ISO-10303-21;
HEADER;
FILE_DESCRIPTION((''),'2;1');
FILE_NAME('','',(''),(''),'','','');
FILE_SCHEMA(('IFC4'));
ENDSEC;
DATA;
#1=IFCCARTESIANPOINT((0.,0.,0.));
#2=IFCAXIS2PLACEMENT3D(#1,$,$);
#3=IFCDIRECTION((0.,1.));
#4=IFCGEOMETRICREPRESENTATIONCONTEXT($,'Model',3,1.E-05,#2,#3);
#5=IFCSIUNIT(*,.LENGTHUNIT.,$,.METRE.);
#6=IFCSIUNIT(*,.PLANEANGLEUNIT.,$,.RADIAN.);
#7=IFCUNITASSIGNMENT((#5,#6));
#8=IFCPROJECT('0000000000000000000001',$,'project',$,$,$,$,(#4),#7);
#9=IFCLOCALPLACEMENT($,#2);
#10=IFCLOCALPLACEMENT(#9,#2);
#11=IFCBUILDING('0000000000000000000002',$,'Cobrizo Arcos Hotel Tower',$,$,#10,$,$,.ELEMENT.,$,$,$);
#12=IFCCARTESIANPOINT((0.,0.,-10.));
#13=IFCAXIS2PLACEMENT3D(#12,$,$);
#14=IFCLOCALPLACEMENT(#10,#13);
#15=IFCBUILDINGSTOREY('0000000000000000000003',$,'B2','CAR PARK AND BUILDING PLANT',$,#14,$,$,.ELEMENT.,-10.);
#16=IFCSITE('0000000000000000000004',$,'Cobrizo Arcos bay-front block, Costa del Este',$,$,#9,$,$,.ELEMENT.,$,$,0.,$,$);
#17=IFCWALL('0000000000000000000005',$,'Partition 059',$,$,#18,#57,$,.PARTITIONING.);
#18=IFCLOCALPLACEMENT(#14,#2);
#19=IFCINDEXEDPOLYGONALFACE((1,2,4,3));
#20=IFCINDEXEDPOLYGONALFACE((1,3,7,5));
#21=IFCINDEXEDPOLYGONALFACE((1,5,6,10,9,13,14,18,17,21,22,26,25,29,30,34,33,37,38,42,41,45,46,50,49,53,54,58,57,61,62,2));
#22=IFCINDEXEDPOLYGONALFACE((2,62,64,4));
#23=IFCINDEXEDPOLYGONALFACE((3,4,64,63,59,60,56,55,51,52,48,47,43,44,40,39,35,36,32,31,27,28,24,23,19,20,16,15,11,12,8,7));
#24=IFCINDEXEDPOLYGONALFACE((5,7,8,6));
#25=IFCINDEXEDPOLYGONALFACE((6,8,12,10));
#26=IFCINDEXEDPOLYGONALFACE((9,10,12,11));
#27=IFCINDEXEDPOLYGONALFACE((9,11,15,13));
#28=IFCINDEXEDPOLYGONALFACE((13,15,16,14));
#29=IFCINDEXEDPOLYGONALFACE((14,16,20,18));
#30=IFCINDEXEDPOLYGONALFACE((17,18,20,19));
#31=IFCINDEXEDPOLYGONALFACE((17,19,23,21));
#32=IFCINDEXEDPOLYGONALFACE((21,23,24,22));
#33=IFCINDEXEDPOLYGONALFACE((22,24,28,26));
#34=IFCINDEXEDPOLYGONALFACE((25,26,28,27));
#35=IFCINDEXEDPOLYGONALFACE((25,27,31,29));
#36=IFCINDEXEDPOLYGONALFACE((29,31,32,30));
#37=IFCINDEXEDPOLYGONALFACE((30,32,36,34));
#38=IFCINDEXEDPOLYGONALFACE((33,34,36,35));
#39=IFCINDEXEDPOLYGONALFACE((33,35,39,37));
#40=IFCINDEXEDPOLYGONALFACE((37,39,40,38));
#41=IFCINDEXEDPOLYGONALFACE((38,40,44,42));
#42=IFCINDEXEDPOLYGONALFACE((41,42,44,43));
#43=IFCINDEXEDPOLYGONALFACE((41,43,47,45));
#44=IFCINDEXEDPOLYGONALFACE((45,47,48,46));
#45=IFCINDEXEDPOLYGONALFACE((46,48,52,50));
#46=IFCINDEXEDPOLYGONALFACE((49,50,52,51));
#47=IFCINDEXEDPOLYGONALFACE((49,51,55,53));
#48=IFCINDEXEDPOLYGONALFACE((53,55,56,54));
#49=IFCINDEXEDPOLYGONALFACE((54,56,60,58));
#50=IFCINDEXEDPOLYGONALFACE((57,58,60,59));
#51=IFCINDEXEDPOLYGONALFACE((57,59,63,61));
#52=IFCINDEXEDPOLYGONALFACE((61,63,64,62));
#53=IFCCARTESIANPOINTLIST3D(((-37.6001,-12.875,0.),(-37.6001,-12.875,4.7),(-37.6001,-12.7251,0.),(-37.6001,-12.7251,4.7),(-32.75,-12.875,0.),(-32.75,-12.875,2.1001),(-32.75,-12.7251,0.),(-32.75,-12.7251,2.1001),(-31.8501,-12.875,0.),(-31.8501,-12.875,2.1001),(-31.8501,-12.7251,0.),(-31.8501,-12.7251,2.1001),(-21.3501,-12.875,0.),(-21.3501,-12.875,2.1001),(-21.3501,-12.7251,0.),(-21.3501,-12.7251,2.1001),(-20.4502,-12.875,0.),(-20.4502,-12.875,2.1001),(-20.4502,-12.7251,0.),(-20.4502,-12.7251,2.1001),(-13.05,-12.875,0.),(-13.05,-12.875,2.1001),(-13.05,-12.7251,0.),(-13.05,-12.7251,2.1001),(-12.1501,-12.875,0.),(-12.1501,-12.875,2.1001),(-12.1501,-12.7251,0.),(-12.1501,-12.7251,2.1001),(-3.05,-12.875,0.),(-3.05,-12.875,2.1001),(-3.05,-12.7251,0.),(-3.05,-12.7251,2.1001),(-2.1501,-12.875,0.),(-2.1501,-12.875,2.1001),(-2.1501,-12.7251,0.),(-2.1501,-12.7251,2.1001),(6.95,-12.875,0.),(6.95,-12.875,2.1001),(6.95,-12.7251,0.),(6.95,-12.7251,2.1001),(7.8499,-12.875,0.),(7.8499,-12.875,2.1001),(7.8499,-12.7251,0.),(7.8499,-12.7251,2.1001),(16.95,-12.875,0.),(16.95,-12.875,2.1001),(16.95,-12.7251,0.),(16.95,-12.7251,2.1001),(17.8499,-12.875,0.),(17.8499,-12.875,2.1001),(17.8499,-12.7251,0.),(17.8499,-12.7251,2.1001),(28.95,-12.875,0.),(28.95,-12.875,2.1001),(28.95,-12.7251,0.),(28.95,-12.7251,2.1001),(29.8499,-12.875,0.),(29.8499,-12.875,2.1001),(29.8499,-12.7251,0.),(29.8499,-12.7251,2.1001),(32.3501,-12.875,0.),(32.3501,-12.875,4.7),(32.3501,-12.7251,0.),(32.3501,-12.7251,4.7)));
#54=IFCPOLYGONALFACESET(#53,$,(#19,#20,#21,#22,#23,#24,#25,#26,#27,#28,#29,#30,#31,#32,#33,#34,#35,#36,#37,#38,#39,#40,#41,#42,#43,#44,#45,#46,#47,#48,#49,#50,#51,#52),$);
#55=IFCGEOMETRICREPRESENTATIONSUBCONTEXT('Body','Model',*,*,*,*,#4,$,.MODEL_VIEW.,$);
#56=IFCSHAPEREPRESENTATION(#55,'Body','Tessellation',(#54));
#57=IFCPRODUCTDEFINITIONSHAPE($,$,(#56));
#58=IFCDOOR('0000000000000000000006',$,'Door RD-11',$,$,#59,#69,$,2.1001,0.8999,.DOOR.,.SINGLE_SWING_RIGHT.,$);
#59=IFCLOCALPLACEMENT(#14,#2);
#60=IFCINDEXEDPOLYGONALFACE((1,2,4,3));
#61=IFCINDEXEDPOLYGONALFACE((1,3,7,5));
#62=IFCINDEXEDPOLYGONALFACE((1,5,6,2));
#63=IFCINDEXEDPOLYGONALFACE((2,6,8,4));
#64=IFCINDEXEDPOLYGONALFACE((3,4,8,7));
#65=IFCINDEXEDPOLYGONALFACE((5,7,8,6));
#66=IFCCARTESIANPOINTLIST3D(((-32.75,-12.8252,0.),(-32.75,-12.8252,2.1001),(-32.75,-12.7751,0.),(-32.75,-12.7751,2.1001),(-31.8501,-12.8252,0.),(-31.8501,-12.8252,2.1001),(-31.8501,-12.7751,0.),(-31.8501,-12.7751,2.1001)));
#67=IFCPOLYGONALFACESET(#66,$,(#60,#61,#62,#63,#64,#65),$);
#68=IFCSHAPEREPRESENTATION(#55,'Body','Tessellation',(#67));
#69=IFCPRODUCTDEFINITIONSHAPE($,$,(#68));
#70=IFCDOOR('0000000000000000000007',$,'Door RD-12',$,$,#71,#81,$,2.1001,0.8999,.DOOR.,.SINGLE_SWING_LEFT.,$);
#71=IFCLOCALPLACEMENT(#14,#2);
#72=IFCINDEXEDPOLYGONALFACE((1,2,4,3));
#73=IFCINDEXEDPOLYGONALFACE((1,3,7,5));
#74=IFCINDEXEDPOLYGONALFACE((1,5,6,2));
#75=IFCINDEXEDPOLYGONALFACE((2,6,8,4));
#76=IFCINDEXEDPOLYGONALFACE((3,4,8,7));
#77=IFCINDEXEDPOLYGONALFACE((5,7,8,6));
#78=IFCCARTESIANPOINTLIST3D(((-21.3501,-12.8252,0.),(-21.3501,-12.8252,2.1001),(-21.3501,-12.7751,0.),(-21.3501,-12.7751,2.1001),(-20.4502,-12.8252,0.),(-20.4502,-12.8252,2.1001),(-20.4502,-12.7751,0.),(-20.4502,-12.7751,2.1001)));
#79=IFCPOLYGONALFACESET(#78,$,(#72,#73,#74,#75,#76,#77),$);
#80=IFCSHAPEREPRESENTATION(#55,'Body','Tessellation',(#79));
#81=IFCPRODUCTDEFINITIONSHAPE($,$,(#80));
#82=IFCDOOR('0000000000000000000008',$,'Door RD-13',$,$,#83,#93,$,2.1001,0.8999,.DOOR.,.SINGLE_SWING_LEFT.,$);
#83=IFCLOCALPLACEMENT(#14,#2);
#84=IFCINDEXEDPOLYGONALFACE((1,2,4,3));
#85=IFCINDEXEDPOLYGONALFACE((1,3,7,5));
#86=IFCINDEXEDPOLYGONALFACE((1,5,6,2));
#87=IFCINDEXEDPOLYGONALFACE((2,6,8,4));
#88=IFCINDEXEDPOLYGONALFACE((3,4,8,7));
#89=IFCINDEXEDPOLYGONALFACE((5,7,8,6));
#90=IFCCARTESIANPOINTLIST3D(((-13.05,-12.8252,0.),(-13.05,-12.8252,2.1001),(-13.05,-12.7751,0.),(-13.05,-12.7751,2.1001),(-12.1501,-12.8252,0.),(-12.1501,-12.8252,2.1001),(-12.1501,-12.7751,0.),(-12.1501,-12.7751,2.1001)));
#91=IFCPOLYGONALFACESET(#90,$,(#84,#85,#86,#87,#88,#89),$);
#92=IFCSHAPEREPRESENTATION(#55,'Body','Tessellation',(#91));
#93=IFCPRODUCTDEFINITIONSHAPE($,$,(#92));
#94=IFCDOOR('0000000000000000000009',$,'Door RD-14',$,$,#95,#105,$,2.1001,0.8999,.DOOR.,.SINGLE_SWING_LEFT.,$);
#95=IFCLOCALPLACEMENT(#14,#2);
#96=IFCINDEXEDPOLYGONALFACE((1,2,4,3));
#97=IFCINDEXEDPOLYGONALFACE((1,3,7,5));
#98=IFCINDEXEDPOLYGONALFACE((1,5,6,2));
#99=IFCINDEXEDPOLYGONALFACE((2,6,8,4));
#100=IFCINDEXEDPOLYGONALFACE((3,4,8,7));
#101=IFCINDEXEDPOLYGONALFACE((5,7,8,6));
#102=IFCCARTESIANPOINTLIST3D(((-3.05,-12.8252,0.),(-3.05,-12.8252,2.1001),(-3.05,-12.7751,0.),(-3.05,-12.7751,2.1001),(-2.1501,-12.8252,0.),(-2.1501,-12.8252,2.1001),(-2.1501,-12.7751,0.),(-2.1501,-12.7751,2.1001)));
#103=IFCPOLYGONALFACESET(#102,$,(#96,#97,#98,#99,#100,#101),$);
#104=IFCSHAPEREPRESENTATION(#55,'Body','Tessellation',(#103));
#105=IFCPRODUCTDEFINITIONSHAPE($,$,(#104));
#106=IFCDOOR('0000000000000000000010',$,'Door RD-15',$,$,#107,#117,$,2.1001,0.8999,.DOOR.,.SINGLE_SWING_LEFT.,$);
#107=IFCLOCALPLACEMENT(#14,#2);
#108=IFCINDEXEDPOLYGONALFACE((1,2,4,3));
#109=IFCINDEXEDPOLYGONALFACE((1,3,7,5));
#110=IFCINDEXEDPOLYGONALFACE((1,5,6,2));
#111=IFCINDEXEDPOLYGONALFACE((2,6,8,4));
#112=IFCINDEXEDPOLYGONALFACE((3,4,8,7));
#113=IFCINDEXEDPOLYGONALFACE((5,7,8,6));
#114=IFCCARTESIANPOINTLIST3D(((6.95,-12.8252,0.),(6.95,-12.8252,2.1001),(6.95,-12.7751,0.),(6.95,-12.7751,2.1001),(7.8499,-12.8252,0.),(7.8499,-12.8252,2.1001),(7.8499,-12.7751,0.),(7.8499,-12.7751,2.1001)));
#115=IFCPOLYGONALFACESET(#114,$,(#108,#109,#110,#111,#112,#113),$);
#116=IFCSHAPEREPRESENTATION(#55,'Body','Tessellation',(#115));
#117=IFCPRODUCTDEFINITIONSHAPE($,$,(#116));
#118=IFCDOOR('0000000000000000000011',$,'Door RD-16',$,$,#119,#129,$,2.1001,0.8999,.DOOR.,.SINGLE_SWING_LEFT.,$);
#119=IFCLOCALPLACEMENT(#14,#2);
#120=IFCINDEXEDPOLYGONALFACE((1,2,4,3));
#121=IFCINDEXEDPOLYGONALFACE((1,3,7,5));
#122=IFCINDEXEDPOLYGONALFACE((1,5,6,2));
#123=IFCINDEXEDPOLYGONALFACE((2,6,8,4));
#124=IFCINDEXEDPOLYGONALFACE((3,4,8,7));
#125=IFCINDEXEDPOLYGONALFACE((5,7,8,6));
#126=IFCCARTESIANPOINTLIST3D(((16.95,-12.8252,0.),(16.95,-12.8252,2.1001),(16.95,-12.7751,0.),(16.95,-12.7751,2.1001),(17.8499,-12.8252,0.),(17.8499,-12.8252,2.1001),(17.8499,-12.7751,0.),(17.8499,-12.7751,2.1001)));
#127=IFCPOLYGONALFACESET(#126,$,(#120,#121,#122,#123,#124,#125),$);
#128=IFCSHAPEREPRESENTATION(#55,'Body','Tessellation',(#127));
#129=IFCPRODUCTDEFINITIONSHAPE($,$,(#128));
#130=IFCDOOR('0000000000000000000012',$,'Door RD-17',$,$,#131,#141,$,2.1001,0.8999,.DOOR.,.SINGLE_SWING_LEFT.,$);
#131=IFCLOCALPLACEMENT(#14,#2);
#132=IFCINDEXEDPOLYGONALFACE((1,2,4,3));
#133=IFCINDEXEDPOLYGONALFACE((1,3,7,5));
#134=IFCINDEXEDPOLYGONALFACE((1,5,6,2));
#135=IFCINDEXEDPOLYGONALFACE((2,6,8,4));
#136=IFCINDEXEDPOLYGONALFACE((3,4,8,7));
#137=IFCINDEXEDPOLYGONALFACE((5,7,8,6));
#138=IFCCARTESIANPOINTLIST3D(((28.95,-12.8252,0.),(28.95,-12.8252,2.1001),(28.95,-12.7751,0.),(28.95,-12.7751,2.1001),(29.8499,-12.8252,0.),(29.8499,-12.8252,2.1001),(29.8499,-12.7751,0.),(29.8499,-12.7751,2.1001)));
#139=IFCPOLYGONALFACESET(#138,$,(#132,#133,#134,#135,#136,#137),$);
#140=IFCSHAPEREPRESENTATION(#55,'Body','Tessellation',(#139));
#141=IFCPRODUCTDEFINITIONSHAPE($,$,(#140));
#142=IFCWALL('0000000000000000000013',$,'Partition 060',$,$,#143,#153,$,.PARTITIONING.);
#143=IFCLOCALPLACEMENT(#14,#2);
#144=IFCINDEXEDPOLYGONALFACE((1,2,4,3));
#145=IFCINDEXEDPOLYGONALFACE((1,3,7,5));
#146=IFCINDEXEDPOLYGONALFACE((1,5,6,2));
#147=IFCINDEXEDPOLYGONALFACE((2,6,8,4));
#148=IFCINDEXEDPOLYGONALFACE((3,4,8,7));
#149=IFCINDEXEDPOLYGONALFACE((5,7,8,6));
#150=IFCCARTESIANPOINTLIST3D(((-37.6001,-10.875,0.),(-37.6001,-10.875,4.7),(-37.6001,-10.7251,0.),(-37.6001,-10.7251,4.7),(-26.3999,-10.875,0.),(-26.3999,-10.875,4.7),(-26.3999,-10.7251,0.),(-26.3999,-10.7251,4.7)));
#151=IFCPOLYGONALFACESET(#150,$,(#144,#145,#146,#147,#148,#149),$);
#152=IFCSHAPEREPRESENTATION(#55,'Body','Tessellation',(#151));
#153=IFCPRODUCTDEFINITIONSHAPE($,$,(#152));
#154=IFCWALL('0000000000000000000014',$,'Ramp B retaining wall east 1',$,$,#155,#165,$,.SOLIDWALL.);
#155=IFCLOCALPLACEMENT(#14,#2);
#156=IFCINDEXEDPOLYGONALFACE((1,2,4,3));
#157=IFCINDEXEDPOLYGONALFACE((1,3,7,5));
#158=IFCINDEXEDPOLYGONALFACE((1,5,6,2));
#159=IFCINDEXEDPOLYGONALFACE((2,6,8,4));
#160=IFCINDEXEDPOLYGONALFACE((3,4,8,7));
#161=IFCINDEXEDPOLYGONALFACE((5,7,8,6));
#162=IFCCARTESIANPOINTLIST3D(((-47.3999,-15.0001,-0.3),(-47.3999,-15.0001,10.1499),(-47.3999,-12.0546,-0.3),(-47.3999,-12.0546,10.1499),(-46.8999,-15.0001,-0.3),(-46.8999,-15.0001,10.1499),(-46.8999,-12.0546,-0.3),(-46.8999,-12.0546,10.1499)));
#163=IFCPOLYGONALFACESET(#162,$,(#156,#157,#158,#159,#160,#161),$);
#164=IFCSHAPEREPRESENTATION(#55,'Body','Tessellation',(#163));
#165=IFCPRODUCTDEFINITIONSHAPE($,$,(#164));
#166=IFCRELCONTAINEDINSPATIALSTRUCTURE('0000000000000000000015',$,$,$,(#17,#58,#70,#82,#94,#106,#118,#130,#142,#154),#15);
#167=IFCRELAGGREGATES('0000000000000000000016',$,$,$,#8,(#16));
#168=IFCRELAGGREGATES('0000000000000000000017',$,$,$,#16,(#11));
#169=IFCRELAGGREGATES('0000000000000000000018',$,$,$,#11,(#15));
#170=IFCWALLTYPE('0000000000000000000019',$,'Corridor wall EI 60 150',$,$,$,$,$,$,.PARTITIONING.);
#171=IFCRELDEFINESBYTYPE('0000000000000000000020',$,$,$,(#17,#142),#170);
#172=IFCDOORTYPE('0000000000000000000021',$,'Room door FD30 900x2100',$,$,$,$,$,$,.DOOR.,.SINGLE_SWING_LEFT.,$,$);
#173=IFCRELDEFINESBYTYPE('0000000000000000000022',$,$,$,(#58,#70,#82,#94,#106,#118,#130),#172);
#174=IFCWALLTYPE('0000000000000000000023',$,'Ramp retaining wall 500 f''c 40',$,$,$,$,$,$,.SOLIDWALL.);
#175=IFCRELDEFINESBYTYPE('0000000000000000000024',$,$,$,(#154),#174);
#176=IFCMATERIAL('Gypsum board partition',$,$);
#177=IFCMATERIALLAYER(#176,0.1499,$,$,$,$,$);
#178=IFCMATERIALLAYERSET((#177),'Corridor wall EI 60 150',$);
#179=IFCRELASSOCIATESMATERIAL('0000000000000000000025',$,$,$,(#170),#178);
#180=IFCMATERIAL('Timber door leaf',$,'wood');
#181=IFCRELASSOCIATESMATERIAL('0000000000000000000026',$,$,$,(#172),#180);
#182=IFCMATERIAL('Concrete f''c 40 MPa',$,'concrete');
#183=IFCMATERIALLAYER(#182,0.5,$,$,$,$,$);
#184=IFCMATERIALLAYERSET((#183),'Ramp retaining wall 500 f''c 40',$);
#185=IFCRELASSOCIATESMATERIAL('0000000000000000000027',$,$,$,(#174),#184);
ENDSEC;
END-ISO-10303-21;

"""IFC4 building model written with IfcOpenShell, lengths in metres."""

from ifc_helpers import new_model, si_unit, direction, frame, frame_2d, origin, place, context, subcontext, project, spatial, rectangle, extrude, material, layer, layer_set, type_object, element, fill, save


model = new_model("IFC4")

# Units and contexts
model_context = context("Model", 3, precision=1e-05, world=origin(), true_north=direction((0.0, 1.0)))
body_context = subcontext(model_context, "Body", "Model", "MODEL_VIEW")
ifc_project = project(units=[si_unit("LENGTHUNIT", "METRE"), si_unit("PLANEANGLEUNIT", "RADIAN")], contexts=[model_context])

# Site, building, storey
site_placement = place(None, origin())
site = spatial("IfcSite", under=ifc_project, at=site_placement, Name="Cobrizo Arcos bay-front block, Costa del Este", CompositionType="ELEMENT", RefElevation=0.0)
building_placement = place(site_placement, origin())
building = spatial("IfcBuilding", under=site, at=building_placement, Name="Cobrizo Arcos Hotel Tower", CompositionType="ELEMENT")
storey_placement = place(building_placement, frame((0.0, 0.0, -10.0)))
storey = spatial("IfcBuildingStorey", under=building, at=storey_placement, Name="B2", Description="CAR PARK AND BUILDING PLANT", CompositionType="ELEMENT", Elevation=-10.0)

# Shared definitions
ifc_material_1 = material(Name="Concrete f'c 40 MPa", Category="concrete")

# Wall, openings, doors
ifc_material_2 = material(Name="Gypsum board partition")
ifc_layer_1 = layer(ifc_material_2, 0.1499)
ifc_layer_set_1 = layer_set([ifc_layer_1], Name="Corridor wall EI 60 150")
wall_type_1 = type_object("IfcWallType", Name="Corridor wall EI 60 150", PredefinedType="PARTITIONING", material=ifc_layer_set_1)
wall_1_placement = place(storey_placement, frame((-37.6001, -12.8, 0.0), z_axis=(0.0, 0.0, 1.0), x_axis=(1.0, 0.0, 0.0)))
wall_1 = element("IfcWall", 1, at=wall_1_placement, inside=storey, type_object=wall_type_1, Name="Partition 059", PredefinedType="PARTITIONING", context=body_context, shape_type="SweptSolid", body=[
    extrude(rectangle(XDim=69.9502, YDim=0.1499, at=frame_2d((34.9751, 0.0))), origin(), (0.0, 0.0, 1.0), 4.7),
])
opening_1_placement = place(wall_1_placement, frame((4.8501, 0.0, 0.0)))
opening_1 = element("IfcOpeningElement", 2, at=opening_1_placement, cuts=wall_1, PredefinedType="OPENING", context=body_context, shape_type="SweptSolid", body=[
    extrude(rectangle(XDim=0.8999, YDim=2.1001, at=frame_2d((0.45, 1.05))), frame((0.0, 0.0869, 0.0), z_axis=(0.0, -1.0, 0.0), x_axis=(1.0, 0.0, 0.0)), (0.0, 0.0, 1.0), 0.1738),
])
opening_2_placement = place(wall_1_placement, frame((16.25, 0.0, 0.0)))
opening_2 = element("IfcOpeningElement", 3, at=opening_2_placement, cuts=wall_1, PredefinedType="OPENING", context=body_context, shape_type="SweptSolid", body=[
    extrude(rectangle(XDim=0.8999, YDim=2.1001, at=frame_2d((0.45, 1.05))), frame((0.0, 0.0869, 0.0), z_axis=(0.0, -1.0, 0.0), x_axis=(1.0, 0.0, 0.0)), (0.0, 0.0, 1.0), 0.1738),
])
opening_3_placement = place(wall_1_placement, frame((24.55, 0.0, 0.0)))
opening_3 = element("IfcOpeningElement", 4, at=opening_3_placement, cuts=wall_1, PredefinedType="OPENING", context=body_context, shape_type="SweptSolid", body=[
    extrude(rectangle(XDim=0.8999, YDim=2.1001, at=frame_2d((0.45, 1.05))), frame((0.0, 0.0869, 0.0), z_axis=(0.0, -1.0, 0.0), x_axis=(1.0, 0.0, 0.0)), (0.0, 0.0, 1.0), 0.1738),
])
opening_4_placement = place(wall_1_placement, frame((34.55, 0.0, 0.0)))
opening_4 = element("IfcOpeningElement", 5, at=opening_4_placement, cuts=wall_1, PredefinedType="OPENING", context=body_context, shape_type="SweptSolid", body=[
    extrude(rectangle(XDim=0.8999, YDim=2.1001, at=frame_2d((0.45, 1.05))), frame((0.0, 0.0869, 0.0), z_axis=(0.0, -1.0, 0.0), x_axis=(1.0, 0.0, 0.0)), (0.0, 0.0, 1.0), 0.1738),
])
opening_5_placement = place(wall_1_placement, frame((44.55, 0.0, 0.0)))
opening_5 = element("IfcOpeningElement", 6, at=opening_5_placement, cuts=wall_1, PredefinedType="OPENING", context=body_context, shape_type="SweptSolid", body=[
    extrude(rectangle(XDim=0.8999, YDim=2.1001, at=frame_2d((0.45, 1.05))), frame((0.0, 0.0869, 0.0), z_axis=(0.0, -1.0, 0.0), x_axis=(1.0, 0.0, 0.0)), (0.0, 0.0, 1.0), 0.1738),
])
opening_6_placement = place(wall_1_placement, frame((54.55, 0.0, 0.0)))
opening_6 = element("IfcOpeningElement", 7, at=opening_6_placement, cuts=wall_1, PredefinedType="OPENING", context=body_context, shape_type="SweptSolid", body=[
    extrude(rectangle(XDim=0.8999, YDim=2.1001, at=frame_2d((0.45, 1.05))), frame((0.0, 0.0869, 0.0), z_axis=(0.0, -1.0, 0.0), x_axis=(1.0, 0.0, 0.0)), (0.0, 0.0, 1.0), 0.1738),
])
opening_7_placement = place(wall_1_placement, frame((66.55, 0.0, 0.0)))
opening_7 = element("IfcOpeningElement", 8, at=opening_7_placement, cuts=wall_1, PredefinedType="OPENING", context=body_context, shape_type="SweptSolid", body=[
    extrude(rectangle(XDim=0.8999, YDim=2.1001, at=frame_2d((0.45, 1.05))), frame((0.0, 0.0869, 0.0), z_axis=(0.0, -1.0, 0.0), x_axis=(1.0, 0.0, 0.0)), (0.0, 0.0, 1.0), 0.1738),
])
ifc_material_3 = material(Name="Timber door leaf", Category="wood")
door_type = type_object("IfcDoorType", Name="Room door FD30 900x2100", OperationType="SINGLE_SWING_LEFT", PredefinedType="DOOR", material=ifc_material_3)
door_1_placement = place(opening_1_placement, origin())
door_1 = element("IfcDoor", 9, at=door_1_placement, inside=storey, type_object=door_type, Name="Door RD-11", OperationType="SINGLE_SWING_RIGHT", OverallHeight=2.1001, OverallWidth=0.8999, PredefinedType="DOOR", context=body_context, shape_type="SweptSolid", body=[
    extrude(rectangle(XDim=0.8999, YDim=2.1001, at=frame_2d((0.45, 1.05))), frame((0.0, 0.0249, 0.0), z_axis=(0.0, -1.0, 0.0), x_axis=(1.0, 0.0, 0.0)), (0.0, 0.0, 1.0), 0.05),
])
fill(opening_1, door_1)
door_2_placement = place(opening_2_placement, origin())
door_2 = element("IfcDoor", 10, at=door_2_placement, inside=storey, type_object=door_type, Name="Door RD-12", OperationType="SINGLE_SWING_LEFT", OverallHeight=2.1001, OverallWidth=0.8999, PredefinedType="DOOR", context=body_context, shape_type="SweptSolid", body=[
    extrude(rectangle(XDim=0.8999, YDim=2.1001, at=frame_2d((0.45, 1.05))), frame((0.0, 0.0249, 0.0), z_axis=(0.0, -1.0, 0.0), x_axis=(1.0, 0.0, 0.0)), (0.0, 0.0, 1.0), 0.05),
])
fill(opening_2, door_2)
door_3_placement = place(opening_3_placement, origin())
door_3 = element("IfcDoor", 11, at=door_3_placement, inside=storey, type_object=door_type, Name="Door RD-13", OperationType="SINGLE_SWING_LEFT", OverallHeight=2.1001, OverallWidth=0.8999, PredefinedType="DOOR", context=body_context, shape_type="SweptSolid", body=[
    extrude(rectangle(XDim=0.8999, YDim=2.1001, at=frame_2d((0.45, 1.05))), frame((0.0, 0.0249, 0.0), z_axis=(0.0, -1.0, 0.0), x_axis=(1.0, 0.0, 0.0)), (0.0, 0.0, 1.0), 0.05),
])
fill(opening_3, door_3)
door_4_placement = place(opening_4_placement, origin())
door_4 = element("IfcDoor", 12, at=door_4_placement, inside=storey, type_object=door_type, Name="Door RD-14", OperationType="SINGLE_SWING_LEFT", OverallHeight=2.1001, OverallWidth=0.8999, PredefinedType="DOOR", context=body_context, shape_type="SweptSolid", body=[
    extrude(rectangle(XDim=0.8999, YDim=2.1001, at=frame_2d((0.45, 1.05))), frame((0.0, 0.0249, 0.0), z_axis=(0.0, -1.0, 0.0), x_axis=(1.0, 0.0, 0.0)), (0.0, 0.0, 1.0), 0.05),
])
fill(opening_4, door_4)
door_5_placement = place(opening_5_placement, origin())
door_5 = element("IfcDoor", 13, at=door_5_placement, inside=storey, type_object=door_type, Name="Door RD-15", OperationType="SINGLE_SWING_LEFT", OverallHeight=2.1001, OverallWidth=0.8999, PredefinedType="DOOR", context=body_context, shape_type="SweptSolid", body=[
    extrude(rectangle(XDim=0.8999, YDim=2.1001, at=frame_2d((0.45, 1.05))), frame((0.0, 0.0249, 0.0), z_axis=(0.0, -1.0, 0.0), x_axis=(1.0, 0.0, 0.0)), (0.0, 0.0, 1.0), 0.05),
])
fill(opening_5, door_5)
door_6_placement = place(opening_6_placement, origin())
door_6 = element("IfcDoor", 14, at=door_6_placement, inside=storey, type_object=door_type, Name="Door RD-16", OperationType="SINGLE_SWING_LEFT", OverallHeight=2.1001, OverallWidth=0.8999, PredefinedType="DOOR", context=body_context, shape_type="SweptSolid", body=[
    extrude(rectangle(XDim=0.8999, YDim=2.1001, at=frame_2d((0.45, 1.05))), frame((0.0, 0.0249, 0.0), z_axis=(0.0, -1.0, 0.0), x_axis=(1.0, 0.0, 0.0)), (0.0, 0.0, 1.0), 0.05),
])
fill(opening_6, door_6)
door_7_placement = place(opening_7_placement, origin())
door_7 = element("IfcDoor", 15, at=door_7_placement, inside=storey, type_object=door_type, Name="Door RD-17", OperationType="SINGLE_SWING_LEFT", OverallHeight=2.1001, OverallWidth=0.8999, PredefinedType="DOOR", context=body_context, shape_type="SweptSolid", body=[
    extrude(rectangle(XDim=0.8999, YDim=2.1001, at=frame_2d((0.45, 1.05))), frame((0.0, 0.0249, 0.0), z_axis=(0.0, -1.0, 0.0), x_axis=(1.0, 0.0, 0.0)), (0.0, 0.0, 1.0), 0.05),
])
fill(opening_7, door_7)

# Walls
wall_2_placement = place(storey_placement, frame((-37.6001, -10.8, 0.0), z_axis=(0.0, 0.0, 1.0), x_axis=(1.0, 0.0, 0.0)))
element("IfcWall", 16, at=wall_2_placement, inside=storey, type_object=wall_type_1, Name="Partition 060", PredefinedType="PARTITIONING", context=body_context, shape_type="SweptSolid", body=[
    extrude(rectangle(XDim=11.2002, YDim=0.1499, at=frame_2d((5.6001, 0.0))), origin(), (0.0, 0.0, 1.0), 4.7),
])
ifc_layer_2 = layer(ifc_material_1, 0.5)
ifc_layer_set_2 = layer_set([ifc_layer_2], Name="Ramp retaining wall 500 f'c 40")
wall_type_2 = type_object("IfcWallType", Name="Ramp retaining wall 500 f'c 40", PredefinedType="SOLIDWALL", material=ifc_layer_set_2)
wall_3_placement = place(storey_placement, frame((-47.1499, -15.0, -0.3), z_axis=(0.0, 0.0, 1.0), x_axis=(0.0, 1.0, 0.0)))
element("IfcWall", 17, at=wall_3_placement, inside=storey, type_object=wall_type_2, Name="Ramp B retaining wall east 1", PredefinedType="SOLIDWALL", context=body_context, shape_type="SweptSolid", body=[
    extrude(rectangle(XDim=2.9456, YDim=0.5, at=frame_2d((1.4727, 0.0))), origin(), (0.0, 0.0, 1.0), 10.45),
])

save(model, "model.ifc")
